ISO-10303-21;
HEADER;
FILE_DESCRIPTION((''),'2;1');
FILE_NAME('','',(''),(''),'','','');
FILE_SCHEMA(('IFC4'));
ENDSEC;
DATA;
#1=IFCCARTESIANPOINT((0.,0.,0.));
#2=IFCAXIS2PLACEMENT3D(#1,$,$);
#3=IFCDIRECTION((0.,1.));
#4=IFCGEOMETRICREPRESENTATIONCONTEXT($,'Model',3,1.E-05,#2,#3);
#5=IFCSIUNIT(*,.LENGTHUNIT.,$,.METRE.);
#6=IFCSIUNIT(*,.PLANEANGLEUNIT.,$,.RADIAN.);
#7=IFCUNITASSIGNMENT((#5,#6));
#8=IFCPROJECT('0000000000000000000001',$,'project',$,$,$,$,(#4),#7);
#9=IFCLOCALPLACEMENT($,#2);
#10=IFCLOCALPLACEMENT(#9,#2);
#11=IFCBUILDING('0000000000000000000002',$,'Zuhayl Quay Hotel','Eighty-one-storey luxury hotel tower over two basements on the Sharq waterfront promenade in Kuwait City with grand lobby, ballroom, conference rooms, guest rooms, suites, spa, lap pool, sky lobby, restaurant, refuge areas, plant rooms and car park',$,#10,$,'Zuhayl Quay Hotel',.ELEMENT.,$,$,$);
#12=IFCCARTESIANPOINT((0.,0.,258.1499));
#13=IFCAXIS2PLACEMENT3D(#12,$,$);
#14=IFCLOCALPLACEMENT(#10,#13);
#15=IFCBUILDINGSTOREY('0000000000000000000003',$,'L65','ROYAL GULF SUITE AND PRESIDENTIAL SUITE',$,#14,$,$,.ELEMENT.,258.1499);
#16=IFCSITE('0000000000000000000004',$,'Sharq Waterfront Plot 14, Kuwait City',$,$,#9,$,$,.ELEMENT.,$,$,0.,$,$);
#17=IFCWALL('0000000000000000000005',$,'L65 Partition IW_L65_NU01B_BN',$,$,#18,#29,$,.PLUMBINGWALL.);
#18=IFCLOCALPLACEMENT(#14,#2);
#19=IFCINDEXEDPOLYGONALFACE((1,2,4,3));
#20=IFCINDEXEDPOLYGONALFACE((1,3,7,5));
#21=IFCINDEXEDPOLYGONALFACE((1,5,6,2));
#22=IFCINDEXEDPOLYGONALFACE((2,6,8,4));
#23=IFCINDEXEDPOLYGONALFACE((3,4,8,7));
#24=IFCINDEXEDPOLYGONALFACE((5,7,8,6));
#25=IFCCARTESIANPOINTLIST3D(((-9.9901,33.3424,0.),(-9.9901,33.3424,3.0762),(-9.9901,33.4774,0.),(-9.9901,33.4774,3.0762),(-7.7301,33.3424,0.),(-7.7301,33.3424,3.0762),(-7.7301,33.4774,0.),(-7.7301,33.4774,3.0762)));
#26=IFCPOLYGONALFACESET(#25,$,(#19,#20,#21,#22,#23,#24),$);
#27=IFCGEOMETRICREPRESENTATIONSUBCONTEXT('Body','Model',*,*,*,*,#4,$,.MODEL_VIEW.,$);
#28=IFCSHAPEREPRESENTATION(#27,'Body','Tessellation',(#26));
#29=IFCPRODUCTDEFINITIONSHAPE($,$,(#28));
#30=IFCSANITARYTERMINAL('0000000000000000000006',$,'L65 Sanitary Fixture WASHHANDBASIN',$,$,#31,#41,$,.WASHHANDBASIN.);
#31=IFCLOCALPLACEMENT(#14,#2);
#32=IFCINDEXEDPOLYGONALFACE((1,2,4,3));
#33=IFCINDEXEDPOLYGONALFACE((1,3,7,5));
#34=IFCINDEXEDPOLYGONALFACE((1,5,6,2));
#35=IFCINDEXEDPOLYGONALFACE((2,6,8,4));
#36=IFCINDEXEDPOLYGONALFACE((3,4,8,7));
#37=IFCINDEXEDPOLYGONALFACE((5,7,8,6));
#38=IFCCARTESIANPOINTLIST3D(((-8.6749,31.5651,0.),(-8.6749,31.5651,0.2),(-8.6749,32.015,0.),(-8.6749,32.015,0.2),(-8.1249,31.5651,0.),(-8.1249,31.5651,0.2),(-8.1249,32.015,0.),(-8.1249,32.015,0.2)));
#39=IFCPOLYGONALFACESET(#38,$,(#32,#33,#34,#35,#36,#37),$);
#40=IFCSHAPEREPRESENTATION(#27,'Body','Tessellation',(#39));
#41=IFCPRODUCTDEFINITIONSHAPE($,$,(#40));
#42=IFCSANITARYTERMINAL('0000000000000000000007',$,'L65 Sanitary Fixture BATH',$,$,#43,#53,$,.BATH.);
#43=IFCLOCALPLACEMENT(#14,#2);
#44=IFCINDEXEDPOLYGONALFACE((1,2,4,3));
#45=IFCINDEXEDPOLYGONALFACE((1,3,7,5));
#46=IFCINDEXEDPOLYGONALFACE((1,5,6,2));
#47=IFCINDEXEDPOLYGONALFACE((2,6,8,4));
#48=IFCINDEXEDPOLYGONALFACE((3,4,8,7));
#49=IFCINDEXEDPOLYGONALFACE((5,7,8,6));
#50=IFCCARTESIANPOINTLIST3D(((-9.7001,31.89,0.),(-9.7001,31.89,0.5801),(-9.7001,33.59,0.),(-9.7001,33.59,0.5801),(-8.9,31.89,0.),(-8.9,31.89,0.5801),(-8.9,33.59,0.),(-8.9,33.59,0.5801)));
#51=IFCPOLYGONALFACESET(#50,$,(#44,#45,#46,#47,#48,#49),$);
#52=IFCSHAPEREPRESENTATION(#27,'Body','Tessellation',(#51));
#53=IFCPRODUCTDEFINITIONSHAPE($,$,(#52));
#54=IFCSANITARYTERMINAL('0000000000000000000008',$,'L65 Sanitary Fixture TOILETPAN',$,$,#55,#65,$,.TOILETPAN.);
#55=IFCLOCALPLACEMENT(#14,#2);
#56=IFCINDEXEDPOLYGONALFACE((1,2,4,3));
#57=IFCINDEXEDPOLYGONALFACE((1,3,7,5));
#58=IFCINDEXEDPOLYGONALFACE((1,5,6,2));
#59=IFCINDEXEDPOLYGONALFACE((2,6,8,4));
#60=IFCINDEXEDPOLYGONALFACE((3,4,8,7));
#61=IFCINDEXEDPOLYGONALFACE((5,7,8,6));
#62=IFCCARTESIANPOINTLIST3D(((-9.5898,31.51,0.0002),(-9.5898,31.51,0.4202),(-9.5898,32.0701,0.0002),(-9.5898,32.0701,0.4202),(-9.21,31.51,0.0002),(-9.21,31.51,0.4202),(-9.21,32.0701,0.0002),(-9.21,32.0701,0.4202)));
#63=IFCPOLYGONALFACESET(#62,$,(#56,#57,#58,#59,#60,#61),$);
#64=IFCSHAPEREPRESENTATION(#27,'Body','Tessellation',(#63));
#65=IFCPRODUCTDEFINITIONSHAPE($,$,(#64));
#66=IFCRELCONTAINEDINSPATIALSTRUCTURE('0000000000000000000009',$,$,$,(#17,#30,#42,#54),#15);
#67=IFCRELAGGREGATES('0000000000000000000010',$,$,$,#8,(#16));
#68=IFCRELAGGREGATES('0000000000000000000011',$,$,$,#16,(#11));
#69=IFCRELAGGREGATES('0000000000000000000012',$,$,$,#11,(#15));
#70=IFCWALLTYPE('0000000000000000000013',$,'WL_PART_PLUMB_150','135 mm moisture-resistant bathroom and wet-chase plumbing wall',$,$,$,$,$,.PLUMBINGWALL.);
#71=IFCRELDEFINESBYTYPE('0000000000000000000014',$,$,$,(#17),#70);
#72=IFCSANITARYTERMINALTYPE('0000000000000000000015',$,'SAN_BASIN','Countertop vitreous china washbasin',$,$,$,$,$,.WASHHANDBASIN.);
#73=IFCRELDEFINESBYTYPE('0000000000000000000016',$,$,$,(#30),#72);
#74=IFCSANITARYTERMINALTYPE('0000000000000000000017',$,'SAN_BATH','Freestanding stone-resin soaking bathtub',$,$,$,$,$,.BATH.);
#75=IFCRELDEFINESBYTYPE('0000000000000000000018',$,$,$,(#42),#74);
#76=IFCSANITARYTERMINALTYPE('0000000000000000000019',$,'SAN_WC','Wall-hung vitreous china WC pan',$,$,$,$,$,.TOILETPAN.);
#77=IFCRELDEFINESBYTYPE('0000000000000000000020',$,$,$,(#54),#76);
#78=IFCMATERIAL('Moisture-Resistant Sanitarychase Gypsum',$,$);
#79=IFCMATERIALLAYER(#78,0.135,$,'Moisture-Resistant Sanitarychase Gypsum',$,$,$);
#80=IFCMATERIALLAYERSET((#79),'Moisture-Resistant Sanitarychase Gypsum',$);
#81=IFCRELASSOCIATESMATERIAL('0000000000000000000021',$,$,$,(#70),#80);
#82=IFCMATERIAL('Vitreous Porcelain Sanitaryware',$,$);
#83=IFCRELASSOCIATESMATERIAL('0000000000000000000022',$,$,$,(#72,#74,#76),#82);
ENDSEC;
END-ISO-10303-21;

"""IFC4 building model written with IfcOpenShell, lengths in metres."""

from ifc_helpers import new_model, si_unit, direction, frame, frame_2d, origin, origin_2d, place, context, subcontext, project, spatial, rectangle, extrude, material, layer, layer_set, type_object, element, save


model = new_model("IFC4")

# Units and contexts
model_context = context("Model", 3, precision=1e-05, world=origin(), true_north=direction((0.0, 1.0)))
body_context = subcontext(model_context, "Body", "Model", "MODEL_VIEW")
ifc_project = project(units=[si_unit("LENGTHUNIT", "METRE"), si_unit("PLANEANGLEUNIT", "RADIAN")], contexts=[model_context])

# Site, building, storey
site_placement = place(None, origin())
site = spatial("IfcSite", under=ifc_project, at=site_placement, Name="Sharq Waterfront Plot 14, Kuwait City", CompositionType="ELEMENT", RefElevation=0.0)
building_placement = place(site_placement, origin())
building = spatial("IfcBuilding", under=site, at=building_placement, Name="Zuhayl Quay Hotel", Description="Eighty-one-storey luxury hotel tower over two basements on the Sharq waterfront promenade in Kuwait City with grand lobby, ballroom, conference rooms, guest rooms, suites, spa, lap pool, sky lobby, restaurant, refuge areas, plant rooms and car park", LongName="Zuhayl Quay Hotel", CompositionType="ELEMENT")
storey_placement = place(building_placement, frame((0.0, 0.0, 258.1499)))
storey = spatial("IfcBuildingStorey", under=building, at=storey_placement, Name="L65", Description="ROYAL GULF SUITE AND PRESIDENTIAL SUITE", CompositionType="ELEMENT", Elevation=258.1499)

# Shared definitions
ifc_material_1 = material(Name="Moisture-Resistant Sanitarychase Gypsum")
ifc_layer_1 = layer(ifc_material_1, 0.135, Name="Moisture-Resistant Sanitarychase Gypsum")
ifc_layer_set_1 = layer_set([ifc_layer_1], Name="Moisture-Resistant Sanitarychase Gypsum")
wall_type_1 = type_object("IfcWallType", Name="WL_PART_PLUMB_150", Description="135 mm moisture-resistant bathroom and wet-chase plumbing wall", PredefinedType="PLUMBINGWALL", material=ifc_layer_set_1)

# Wall
wall_1_placement = place(storey_placement, frame((-9.99, 33.4099, 0.0), z_axis=(0.0, 0.0, 1.0), x_axis=(1.0, 0.0, 0.0)))
element("IfcWall", 1, at=wall_1_placement, inside=storey, type_object=wall_type_1, Name="L65 Partition IW_L65_NU01B_BN", PredefinedType="PLUMBINGWALL", context=body_context, shape_type="SweptSolid", body=[
    extrude(rectangle(XDim=2.26, YDim=0.135, at=frame_2d((1.1299, 0.0))), origin(), (0.0, 0.0, 1.0), 3.0762),
])

# Sanitary terminals
ifc_material_2 = material(Name="Vitreous Porcelain Sanitaryware")
sanitary_terminal_type_1 = type_object("IfcSanitaryTerminalType", Name="SAN_BASIN", Description="Countertop vitreous china washbasin", PredefinedType="WASHHANDBASIN", material=ifc_material_2)
sanitary_terminal_1_placement = place(storey_placement, frame((-8.3999, 31.79, 0.0), z_axis=(0.0, 0.0, 1.0), x_axis=(1.0, 0.0, 0.0)))
element("IfcSanitaryTerminal", 2, at=sanitary_terminal_1_placement, inside=storey, type_object=sanitary_terminal_type_1, Name="L65 Sanitary Fixture WASHHANDBASIN", PredefinedType="WASHHANDBASIN", context=body_context, shape_type="SweptSolid", body=[
    extrude(rectangle(XDim=0.55, YDim=0.45, at=origin_2d()), origin(), (0.0, 0.0, 1.0), 0.2),
])
sanitary_terminal_type_2 = type_object("IfcSanitaryTerminalType", Name="SAN_BATH", Description="Freestanding stone-resin soaking bathtub", PredefinedType="BATH", material=ifc_material_2)
sanitary_terminal_2_placement = place(storey_placement, frame((-9.3, 32.74, 0.0), z_axis=(0.0, 0.0, 1.0), x_axis=(1.0, 0.0, 0.0)))
element("IfcSanitaryTerminal", 3, at=sanitary_terminal_2_placement, inside=storey, type_object=sanitary_terminal_type_2, Name="L65 Sanitary Fixture BATH", PredefinedType="BATH", context=body_context, shape_type="SweptSolid", body=[
    extrude(rectangle(XDim=0.8, YDim=1.7, at=origin_2d()), origin(), (0.0, 0.0, 1.0), 0.5801),
])
sanitary_terminal_type_3 = type_object("IfcSanitaryTerminalType", Name="SAN_WC", Description="Wall-hung vitreous china WC pan", PredefinedType="TOILETPAN", material=ifc_material_2)
sanitary_terminal_3_placement = place(storey_placement, frame((-9.3999, 31.79, 0.0002), z_axis=(0.0, 0.0, 1.0), x_axis=(1.0, 0.0, 0.0)))
element("IfcSanitaryTerminal", 4, at=sanitary_terminal_3_placement, inside=storey, type_object=sanitary_terminal_type_3, Name="L65 Sanitary Fixture TOILETPAN", PredefinedType="TOILETPAN", context=body_context, shape_type="SweptSolid", body=[
    extrude(rectangle(XDim=0.3799, YDim=0.5601, at=origin_2d()), origin(), (0.0, 0.0, 1.0), 0.4199),
])

save(model, "model.ifc")
